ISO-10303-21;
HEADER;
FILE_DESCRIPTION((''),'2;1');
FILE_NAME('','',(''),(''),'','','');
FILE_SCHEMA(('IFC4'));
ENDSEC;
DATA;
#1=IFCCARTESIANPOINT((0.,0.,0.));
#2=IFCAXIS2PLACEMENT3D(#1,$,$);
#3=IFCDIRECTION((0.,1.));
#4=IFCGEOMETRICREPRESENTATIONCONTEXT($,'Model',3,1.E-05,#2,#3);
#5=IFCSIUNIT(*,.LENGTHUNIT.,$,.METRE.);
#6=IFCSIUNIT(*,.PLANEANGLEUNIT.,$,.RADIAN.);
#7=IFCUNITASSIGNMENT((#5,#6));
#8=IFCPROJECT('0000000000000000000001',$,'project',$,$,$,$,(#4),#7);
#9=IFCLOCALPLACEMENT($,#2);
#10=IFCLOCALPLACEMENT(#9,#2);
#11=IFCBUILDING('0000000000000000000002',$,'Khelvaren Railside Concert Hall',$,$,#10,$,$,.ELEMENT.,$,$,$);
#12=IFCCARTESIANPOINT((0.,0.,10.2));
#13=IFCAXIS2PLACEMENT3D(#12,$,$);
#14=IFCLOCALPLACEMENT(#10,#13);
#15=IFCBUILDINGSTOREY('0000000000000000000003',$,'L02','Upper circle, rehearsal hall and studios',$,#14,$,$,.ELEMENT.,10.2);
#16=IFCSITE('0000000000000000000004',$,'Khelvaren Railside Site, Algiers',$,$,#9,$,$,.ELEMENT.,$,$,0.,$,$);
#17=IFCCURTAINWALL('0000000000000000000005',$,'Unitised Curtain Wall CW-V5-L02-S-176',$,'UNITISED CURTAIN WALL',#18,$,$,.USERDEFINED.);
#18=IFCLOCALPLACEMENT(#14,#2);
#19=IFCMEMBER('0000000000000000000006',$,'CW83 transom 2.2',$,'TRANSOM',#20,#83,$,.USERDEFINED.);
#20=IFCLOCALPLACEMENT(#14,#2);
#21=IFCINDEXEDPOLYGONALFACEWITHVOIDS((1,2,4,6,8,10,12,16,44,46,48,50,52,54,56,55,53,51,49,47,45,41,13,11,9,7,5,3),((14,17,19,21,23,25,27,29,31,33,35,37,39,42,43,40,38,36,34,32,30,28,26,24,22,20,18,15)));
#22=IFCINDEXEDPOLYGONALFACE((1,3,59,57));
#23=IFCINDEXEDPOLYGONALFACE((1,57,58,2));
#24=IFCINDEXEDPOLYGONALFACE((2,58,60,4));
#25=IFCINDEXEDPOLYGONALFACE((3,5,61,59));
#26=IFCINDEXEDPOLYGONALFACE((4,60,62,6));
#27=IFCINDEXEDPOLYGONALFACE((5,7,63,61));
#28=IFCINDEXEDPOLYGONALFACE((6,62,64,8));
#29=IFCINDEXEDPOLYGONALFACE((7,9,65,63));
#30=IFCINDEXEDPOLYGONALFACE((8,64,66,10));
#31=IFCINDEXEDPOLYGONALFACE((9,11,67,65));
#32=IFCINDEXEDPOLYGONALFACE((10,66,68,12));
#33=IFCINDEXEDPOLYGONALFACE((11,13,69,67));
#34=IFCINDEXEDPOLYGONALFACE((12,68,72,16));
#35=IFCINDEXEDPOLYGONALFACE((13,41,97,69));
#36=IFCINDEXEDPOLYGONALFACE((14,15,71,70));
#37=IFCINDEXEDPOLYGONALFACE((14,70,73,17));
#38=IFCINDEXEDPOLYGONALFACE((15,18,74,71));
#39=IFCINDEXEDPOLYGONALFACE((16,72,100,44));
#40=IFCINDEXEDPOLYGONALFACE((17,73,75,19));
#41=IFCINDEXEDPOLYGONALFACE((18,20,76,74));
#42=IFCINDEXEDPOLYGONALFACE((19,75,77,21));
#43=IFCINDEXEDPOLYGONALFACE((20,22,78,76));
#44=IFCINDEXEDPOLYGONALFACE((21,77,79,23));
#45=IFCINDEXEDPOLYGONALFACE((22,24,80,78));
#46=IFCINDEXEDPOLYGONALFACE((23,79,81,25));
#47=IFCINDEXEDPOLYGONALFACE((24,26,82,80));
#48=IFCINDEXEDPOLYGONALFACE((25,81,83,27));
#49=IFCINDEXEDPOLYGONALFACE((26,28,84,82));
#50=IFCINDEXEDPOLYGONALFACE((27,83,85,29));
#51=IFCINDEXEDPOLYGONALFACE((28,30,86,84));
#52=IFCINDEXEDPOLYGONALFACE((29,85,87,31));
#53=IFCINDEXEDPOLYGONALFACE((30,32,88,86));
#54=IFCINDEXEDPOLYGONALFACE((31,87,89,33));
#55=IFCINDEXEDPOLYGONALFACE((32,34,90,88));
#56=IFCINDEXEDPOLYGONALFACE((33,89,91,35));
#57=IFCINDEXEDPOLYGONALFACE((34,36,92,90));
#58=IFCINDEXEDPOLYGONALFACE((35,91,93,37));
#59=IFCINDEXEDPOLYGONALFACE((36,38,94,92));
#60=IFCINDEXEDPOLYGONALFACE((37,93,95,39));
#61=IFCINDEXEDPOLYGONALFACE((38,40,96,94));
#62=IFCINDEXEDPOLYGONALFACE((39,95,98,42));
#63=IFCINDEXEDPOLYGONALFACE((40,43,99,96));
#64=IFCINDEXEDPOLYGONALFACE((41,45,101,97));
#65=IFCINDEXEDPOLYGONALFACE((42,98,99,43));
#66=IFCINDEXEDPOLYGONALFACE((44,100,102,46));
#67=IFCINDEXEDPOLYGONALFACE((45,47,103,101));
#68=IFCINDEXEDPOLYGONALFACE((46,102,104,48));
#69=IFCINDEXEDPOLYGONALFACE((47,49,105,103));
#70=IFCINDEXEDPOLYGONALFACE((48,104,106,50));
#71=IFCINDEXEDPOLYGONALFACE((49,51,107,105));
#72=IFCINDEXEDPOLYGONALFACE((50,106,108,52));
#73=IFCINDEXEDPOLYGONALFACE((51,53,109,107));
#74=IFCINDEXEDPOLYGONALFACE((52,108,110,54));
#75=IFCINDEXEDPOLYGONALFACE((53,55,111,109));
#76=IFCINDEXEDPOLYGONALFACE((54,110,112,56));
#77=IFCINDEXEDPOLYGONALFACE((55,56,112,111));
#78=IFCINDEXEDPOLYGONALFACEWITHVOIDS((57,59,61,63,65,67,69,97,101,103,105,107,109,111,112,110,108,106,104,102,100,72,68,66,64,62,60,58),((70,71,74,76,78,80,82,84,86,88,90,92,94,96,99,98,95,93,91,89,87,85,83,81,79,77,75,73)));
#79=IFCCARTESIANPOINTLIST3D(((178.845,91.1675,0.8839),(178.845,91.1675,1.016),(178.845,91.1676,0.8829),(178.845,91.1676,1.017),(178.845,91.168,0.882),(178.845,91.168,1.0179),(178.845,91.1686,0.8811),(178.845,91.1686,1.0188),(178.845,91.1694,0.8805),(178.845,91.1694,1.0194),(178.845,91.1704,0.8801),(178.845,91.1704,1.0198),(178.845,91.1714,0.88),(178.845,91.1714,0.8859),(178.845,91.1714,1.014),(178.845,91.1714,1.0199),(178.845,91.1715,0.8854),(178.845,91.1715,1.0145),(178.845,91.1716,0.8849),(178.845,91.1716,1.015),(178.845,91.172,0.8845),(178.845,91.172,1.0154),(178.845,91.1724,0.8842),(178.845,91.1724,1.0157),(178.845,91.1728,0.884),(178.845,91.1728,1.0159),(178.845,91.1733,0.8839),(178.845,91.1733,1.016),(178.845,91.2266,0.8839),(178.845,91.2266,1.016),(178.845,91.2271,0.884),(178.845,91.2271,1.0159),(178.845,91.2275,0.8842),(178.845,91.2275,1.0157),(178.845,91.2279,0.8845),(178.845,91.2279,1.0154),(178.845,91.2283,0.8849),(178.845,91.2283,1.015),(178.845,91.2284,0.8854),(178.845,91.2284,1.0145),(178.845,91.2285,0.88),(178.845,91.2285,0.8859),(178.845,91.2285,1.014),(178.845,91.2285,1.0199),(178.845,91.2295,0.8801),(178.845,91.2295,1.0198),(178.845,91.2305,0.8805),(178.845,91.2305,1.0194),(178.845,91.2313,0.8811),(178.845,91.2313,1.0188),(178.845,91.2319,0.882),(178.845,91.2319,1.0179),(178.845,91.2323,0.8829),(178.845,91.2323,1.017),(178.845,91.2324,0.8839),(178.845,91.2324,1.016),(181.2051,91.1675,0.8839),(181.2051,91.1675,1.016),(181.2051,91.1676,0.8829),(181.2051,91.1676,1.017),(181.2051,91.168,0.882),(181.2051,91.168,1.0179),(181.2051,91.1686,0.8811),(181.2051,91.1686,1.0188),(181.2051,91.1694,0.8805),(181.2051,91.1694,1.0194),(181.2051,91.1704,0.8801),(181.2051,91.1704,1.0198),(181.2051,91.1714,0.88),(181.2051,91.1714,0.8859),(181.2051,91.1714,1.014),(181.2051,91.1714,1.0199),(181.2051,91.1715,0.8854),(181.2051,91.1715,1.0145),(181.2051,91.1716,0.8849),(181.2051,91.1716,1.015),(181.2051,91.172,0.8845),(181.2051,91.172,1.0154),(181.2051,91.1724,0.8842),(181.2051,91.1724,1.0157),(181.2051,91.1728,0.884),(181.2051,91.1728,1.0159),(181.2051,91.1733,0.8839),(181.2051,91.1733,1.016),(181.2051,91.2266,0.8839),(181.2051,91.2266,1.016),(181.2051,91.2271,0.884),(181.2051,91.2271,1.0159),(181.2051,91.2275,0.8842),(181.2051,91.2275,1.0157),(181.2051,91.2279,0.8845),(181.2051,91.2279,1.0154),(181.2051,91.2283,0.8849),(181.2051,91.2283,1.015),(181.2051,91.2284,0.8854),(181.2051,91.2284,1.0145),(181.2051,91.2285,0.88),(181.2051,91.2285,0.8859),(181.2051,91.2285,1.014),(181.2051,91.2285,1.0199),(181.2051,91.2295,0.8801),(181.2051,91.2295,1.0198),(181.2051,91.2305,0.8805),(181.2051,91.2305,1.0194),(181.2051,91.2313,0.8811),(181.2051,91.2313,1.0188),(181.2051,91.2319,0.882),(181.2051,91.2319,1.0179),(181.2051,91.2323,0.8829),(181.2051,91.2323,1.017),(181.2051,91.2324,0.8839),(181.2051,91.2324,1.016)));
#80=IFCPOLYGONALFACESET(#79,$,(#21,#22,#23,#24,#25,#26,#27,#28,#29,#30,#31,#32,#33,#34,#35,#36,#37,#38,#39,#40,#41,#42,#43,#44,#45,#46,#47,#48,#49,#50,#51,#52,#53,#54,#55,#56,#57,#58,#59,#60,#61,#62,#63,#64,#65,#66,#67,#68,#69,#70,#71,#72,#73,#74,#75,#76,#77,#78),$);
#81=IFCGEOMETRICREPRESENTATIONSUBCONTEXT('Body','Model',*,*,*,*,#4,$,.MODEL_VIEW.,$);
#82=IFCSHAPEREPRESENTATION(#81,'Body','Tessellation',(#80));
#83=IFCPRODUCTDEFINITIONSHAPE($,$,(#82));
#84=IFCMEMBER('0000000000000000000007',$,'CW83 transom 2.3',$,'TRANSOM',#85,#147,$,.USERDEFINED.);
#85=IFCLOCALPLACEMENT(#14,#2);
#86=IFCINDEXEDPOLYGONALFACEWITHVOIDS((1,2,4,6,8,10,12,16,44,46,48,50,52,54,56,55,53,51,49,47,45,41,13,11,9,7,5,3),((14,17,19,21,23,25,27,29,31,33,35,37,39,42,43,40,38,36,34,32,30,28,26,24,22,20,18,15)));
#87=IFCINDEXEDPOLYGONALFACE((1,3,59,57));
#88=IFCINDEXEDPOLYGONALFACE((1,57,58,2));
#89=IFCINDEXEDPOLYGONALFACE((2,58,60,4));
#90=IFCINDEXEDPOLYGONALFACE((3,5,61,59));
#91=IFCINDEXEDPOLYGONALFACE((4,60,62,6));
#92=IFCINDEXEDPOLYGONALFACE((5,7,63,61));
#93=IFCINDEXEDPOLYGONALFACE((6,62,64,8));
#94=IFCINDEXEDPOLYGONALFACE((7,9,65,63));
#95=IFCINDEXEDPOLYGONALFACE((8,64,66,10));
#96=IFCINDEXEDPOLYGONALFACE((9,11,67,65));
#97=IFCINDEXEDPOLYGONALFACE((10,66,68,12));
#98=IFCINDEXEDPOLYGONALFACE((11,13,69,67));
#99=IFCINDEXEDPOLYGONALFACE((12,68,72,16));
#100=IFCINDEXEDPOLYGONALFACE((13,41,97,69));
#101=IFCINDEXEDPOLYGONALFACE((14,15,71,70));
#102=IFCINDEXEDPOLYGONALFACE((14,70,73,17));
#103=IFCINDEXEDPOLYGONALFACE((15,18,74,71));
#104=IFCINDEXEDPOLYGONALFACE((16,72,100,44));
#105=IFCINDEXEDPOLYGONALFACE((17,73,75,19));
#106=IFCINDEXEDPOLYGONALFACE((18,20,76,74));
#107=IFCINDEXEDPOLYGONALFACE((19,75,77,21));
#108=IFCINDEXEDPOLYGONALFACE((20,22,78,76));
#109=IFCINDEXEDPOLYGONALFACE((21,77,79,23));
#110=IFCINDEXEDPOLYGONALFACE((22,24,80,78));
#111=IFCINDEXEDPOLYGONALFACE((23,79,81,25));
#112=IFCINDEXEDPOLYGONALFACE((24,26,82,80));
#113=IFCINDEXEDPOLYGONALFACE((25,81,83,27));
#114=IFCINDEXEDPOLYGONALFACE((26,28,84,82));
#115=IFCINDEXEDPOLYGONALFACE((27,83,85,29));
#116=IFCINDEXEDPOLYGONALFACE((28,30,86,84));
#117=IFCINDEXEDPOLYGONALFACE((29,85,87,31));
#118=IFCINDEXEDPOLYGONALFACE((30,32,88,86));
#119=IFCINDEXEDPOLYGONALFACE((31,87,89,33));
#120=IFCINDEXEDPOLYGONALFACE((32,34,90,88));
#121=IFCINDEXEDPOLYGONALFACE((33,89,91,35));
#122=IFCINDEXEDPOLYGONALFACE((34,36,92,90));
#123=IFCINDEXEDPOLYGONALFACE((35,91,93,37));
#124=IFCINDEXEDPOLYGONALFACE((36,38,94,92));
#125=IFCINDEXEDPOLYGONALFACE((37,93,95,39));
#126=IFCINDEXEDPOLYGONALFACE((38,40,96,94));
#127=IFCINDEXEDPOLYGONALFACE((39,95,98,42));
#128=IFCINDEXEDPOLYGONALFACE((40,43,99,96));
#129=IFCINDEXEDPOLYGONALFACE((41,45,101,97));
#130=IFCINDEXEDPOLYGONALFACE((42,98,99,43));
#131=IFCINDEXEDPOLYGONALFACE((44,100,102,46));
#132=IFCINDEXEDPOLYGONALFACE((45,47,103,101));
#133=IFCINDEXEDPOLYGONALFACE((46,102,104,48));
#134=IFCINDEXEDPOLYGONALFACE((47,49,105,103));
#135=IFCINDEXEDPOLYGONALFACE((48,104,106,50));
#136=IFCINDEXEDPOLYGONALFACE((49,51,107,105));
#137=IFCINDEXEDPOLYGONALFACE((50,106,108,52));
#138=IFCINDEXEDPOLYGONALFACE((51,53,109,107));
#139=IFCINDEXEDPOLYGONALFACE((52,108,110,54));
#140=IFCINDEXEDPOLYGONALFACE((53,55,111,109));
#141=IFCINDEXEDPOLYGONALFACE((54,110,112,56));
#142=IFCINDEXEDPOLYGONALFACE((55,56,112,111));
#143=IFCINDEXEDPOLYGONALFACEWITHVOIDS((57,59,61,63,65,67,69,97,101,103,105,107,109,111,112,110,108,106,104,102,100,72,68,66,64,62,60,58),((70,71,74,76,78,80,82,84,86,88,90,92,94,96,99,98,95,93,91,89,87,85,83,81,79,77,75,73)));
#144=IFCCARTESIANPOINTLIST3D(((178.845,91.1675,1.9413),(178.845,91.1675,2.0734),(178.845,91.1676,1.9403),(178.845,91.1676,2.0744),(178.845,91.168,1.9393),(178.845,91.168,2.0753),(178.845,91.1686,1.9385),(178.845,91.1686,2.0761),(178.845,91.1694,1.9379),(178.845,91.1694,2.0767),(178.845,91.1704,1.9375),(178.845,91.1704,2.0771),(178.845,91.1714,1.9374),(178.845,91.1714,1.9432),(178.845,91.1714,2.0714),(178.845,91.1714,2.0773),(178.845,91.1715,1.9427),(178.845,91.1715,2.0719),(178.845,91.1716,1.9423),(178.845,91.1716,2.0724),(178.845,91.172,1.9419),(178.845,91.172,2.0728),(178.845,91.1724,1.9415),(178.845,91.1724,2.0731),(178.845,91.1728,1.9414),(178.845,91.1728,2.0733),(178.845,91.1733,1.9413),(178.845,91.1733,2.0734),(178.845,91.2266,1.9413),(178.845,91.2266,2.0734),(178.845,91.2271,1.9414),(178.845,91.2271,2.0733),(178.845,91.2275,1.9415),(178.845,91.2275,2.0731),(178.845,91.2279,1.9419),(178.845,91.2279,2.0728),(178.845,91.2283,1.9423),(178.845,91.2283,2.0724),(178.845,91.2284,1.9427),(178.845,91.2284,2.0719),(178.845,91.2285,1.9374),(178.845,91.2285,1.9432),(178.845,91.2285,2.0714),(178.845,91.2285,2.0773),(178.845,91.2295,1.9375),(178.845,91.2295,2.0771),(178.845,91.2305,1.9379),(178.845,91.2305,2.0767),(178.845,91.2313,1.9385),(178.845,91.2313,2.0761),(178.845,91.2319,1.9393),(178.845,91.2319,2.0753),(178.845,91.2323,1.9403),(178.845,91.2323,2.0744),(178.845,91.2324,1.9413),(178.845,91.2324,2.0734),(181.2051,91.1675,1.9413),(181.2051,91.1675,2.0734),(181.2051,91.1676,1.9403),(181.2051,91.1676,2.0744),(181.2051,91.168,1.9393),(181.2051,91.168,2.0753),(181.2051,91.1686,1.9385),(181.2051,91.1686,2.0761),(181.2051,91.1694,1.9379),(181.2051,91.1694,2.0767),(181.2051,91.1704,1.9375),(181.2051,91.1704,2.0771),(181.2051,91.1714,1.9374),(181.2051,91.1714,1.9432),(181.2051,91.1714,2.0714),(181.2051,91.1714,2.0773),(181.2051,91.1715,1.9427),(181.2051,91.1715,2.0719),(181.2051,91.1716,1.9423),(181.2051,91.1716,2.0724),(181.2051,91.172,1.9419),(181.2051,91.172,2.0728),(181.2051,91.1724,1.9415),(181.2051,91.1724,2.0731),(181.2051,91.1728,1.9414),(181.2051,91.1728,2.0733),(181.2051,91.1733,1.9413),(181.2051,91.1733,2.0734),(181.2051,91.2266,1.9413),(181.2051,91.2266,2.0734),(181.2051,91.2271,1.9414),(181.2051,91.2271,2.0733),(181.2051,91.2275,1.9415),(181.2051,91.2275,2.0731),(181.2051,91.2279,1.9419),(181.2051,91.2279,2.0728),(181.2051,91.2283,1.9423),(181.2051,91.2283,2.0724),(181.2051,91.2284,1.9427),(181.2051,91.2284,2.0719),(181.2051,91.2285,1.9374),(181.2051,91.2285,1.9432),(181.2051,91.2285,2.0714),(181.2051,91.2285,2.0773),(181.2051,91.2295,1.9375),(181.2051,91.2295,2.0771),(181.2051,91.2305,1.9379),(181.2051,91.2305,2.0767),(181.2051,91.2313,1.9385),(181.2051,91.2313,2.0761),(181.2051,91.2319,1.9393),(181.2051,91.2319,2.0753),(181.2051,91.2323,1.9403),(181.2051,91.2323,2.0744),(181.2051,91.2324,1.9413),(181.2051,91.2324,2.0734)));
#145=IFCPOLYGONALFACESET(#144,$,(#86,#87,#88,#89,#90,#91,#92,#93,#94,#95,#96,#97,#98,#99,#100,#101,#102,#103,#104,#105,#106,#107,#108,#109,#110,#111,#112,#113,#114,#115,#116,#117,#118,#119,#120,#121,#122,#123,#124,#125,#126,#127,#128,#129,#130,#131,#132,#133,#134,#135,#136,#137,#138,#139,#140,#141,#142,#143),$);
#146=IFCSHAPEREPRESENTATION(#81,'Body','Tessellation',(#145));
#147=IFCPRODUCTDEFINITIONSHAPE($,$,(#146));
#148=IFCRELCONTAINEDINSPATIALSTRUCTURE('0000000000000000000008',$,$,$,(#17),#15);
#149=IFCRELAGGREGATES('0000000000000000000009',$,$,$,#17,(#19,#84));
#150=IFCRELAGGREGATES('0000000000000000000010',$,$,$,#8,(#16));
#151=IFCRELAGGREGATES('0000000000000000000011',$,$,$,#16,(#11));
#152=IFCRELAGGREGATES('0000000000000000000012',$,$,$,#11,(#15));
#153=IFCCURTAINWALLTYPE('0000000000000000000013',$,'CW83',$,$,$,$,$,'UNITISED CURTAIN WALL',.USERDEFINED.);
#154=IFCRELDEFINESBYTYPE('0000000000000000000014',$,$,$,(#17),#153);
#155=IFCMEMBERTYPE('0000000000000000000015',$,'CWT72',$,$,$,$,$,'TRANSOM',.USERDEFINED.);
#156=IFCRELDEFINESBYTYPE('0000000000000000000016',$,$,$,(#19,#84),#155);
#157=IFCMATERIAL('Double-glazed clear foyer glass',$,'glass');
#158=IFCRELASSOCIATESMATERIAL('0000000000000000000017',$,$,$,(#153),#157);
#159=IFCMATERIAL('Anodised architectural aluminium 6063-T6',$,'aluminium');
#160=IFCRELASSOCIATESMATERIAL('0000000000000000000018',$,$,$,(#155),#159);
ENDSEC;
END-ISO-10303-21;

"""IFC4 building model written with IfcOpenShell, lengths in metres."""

from ifc_helpers import new_model, si_unit, direction, frame, origin, origin_2d, place, context, subcontext, project, spatial, hollow_rectangle, extrude, material, material_profile, profile_set, type_object, element, aggregate, save


model = new_model("IFC4")

# Units and contexts
model_context = context("Model", 3, precision=1e-05, world=origin(), true_north=direction((0.0, 1.0)))
body_context = subcontext(model_context, "Body", "Model", "MODEL_VIEW")
ifc_project = project(units=[si_unit("LENGTHUNIT", "METRE"), si_unit("PLANEANGLEUNIT", "RADIAN")], contexts=[model_context])

# Site, building, storey
site_placement = place(None, origin())
site = spatial("IfcSite", under=ifc_project, at=site_placement, Name="Khelvaren Railside Site, Algiers", CompositionType="ELEMENT", RefElevation=0.0)
building_placement = place(site_placement, origin())
building = spatial("IfcBuilding", under=site, at=building_placement, Name="Khelvaren Railside Concert Hall", CompositionType="ELEMENT")
storey_placement = place(building_placement, frame((0.0, 0.0, 10.2)))
storey = spatial("IfcBuildingStorey", under=building, at=storey_placement, Name="L02", Description="Upper circle, rehearsal hall and studios", CompositionType="ELEMENT", Elevation=10.2)

# Curtain wall
ifc_material_1 = material(Name="Double-glazed clear foyer glass", Category="glass")
curtain_wall_type_1 = type_object("IfcCurtainWallType", Name="CW83", ElementType="UNITISED CURTAIN WALL", PredefinedType="USERDEFINED", material=ifc_material_1)
curtain_wall_1_placement = place(storey_placement, origin())
curtain_wall_1 = element("IfcCurtainWall", 1, at=curtain_wall_1_placement, inside=storey, type_object=curtain_wall_type_1, Name="Unitised Curtain Wall CW-V5-L02-S-176", ObjectType="UNITISED CURTAIN WALL", PredefinedType="USERDEFINED")
ifc_material_2 = material(Name="Anodised architectural aluminium 6063-T6", Category="aluminium")

# Members
ifc_material_profile_1 = material_profile(ifc_material_2, hollow_rectangle(XDim=0.0649, YDim=0.1399, WallThickness=0.0039, InnerFilletRadius=0.002, OuterFilletRadius=0.0039, at=origin_2d()), Name="CWT 65x140x4")
ifc_profile_set_1 = profile_set([ifc_material_profile_1], Name="Anodised architectural aluminium 6063-T6")
member_type_1 = type_object("IfcMemberType", Name="CWT72", ElementType="TRANSOM", PredefinedType="USERDEFINED", material=ifc_profile_set_1)
member_1_placement = place(storey_placement, frame((181.2051, 91.2, 0.95), z_axis=(-1.0, 0.0, 0.0), x_axis=(0.0, -1.0, 0.0)))
member_1 = element("IfcMember", 2, at=member_1_placement, type_object=member_type_1, Name="CW83 transom 2.2", ObjectType="TRANSOM", PredefinedType="USERDEFINED", context=body_context, shape_type="SweptSolid", body=[
    extrude(hollow_rectangle(XDim=0.0649, YDim=0.1399, WallThickness=0.0039, InnerFilletRadius=0.002, OuterFilletRadius=0.0039, at=origin_2d()), origin(), (0.0, 0.0, 1.0), 2.3601),
])
member_2_placement = place(storey_placement, frame((181.2051, 91.2, 2.0073), z_axis=(-1.0, 0.0, 0.0), x_axis=(0.0, -1.0, 0.0)))
member_2 = element("IfcMember", 3, at=member_2_placement, type_object=member_type_1, Name="CW83 transom 2.3", ObjectType="TRANSOM", PredefinedType="USERDEFINED", context=body_context, shape_type="SweptSolid", body=[
    extrude(hollow_rectangle(XDim=0.0649, YDim=0.1399, WallThickness=0.0039, InnerFilletRadius=0.002, OuterFilletRadius=0.0039, at=origin_2d()), origin(), (0.0, 0.0, 1.0), 2.3601),
])

aggregate(curtain_wall_1, [member_1, member_2])

save(model, "model.ifc")
